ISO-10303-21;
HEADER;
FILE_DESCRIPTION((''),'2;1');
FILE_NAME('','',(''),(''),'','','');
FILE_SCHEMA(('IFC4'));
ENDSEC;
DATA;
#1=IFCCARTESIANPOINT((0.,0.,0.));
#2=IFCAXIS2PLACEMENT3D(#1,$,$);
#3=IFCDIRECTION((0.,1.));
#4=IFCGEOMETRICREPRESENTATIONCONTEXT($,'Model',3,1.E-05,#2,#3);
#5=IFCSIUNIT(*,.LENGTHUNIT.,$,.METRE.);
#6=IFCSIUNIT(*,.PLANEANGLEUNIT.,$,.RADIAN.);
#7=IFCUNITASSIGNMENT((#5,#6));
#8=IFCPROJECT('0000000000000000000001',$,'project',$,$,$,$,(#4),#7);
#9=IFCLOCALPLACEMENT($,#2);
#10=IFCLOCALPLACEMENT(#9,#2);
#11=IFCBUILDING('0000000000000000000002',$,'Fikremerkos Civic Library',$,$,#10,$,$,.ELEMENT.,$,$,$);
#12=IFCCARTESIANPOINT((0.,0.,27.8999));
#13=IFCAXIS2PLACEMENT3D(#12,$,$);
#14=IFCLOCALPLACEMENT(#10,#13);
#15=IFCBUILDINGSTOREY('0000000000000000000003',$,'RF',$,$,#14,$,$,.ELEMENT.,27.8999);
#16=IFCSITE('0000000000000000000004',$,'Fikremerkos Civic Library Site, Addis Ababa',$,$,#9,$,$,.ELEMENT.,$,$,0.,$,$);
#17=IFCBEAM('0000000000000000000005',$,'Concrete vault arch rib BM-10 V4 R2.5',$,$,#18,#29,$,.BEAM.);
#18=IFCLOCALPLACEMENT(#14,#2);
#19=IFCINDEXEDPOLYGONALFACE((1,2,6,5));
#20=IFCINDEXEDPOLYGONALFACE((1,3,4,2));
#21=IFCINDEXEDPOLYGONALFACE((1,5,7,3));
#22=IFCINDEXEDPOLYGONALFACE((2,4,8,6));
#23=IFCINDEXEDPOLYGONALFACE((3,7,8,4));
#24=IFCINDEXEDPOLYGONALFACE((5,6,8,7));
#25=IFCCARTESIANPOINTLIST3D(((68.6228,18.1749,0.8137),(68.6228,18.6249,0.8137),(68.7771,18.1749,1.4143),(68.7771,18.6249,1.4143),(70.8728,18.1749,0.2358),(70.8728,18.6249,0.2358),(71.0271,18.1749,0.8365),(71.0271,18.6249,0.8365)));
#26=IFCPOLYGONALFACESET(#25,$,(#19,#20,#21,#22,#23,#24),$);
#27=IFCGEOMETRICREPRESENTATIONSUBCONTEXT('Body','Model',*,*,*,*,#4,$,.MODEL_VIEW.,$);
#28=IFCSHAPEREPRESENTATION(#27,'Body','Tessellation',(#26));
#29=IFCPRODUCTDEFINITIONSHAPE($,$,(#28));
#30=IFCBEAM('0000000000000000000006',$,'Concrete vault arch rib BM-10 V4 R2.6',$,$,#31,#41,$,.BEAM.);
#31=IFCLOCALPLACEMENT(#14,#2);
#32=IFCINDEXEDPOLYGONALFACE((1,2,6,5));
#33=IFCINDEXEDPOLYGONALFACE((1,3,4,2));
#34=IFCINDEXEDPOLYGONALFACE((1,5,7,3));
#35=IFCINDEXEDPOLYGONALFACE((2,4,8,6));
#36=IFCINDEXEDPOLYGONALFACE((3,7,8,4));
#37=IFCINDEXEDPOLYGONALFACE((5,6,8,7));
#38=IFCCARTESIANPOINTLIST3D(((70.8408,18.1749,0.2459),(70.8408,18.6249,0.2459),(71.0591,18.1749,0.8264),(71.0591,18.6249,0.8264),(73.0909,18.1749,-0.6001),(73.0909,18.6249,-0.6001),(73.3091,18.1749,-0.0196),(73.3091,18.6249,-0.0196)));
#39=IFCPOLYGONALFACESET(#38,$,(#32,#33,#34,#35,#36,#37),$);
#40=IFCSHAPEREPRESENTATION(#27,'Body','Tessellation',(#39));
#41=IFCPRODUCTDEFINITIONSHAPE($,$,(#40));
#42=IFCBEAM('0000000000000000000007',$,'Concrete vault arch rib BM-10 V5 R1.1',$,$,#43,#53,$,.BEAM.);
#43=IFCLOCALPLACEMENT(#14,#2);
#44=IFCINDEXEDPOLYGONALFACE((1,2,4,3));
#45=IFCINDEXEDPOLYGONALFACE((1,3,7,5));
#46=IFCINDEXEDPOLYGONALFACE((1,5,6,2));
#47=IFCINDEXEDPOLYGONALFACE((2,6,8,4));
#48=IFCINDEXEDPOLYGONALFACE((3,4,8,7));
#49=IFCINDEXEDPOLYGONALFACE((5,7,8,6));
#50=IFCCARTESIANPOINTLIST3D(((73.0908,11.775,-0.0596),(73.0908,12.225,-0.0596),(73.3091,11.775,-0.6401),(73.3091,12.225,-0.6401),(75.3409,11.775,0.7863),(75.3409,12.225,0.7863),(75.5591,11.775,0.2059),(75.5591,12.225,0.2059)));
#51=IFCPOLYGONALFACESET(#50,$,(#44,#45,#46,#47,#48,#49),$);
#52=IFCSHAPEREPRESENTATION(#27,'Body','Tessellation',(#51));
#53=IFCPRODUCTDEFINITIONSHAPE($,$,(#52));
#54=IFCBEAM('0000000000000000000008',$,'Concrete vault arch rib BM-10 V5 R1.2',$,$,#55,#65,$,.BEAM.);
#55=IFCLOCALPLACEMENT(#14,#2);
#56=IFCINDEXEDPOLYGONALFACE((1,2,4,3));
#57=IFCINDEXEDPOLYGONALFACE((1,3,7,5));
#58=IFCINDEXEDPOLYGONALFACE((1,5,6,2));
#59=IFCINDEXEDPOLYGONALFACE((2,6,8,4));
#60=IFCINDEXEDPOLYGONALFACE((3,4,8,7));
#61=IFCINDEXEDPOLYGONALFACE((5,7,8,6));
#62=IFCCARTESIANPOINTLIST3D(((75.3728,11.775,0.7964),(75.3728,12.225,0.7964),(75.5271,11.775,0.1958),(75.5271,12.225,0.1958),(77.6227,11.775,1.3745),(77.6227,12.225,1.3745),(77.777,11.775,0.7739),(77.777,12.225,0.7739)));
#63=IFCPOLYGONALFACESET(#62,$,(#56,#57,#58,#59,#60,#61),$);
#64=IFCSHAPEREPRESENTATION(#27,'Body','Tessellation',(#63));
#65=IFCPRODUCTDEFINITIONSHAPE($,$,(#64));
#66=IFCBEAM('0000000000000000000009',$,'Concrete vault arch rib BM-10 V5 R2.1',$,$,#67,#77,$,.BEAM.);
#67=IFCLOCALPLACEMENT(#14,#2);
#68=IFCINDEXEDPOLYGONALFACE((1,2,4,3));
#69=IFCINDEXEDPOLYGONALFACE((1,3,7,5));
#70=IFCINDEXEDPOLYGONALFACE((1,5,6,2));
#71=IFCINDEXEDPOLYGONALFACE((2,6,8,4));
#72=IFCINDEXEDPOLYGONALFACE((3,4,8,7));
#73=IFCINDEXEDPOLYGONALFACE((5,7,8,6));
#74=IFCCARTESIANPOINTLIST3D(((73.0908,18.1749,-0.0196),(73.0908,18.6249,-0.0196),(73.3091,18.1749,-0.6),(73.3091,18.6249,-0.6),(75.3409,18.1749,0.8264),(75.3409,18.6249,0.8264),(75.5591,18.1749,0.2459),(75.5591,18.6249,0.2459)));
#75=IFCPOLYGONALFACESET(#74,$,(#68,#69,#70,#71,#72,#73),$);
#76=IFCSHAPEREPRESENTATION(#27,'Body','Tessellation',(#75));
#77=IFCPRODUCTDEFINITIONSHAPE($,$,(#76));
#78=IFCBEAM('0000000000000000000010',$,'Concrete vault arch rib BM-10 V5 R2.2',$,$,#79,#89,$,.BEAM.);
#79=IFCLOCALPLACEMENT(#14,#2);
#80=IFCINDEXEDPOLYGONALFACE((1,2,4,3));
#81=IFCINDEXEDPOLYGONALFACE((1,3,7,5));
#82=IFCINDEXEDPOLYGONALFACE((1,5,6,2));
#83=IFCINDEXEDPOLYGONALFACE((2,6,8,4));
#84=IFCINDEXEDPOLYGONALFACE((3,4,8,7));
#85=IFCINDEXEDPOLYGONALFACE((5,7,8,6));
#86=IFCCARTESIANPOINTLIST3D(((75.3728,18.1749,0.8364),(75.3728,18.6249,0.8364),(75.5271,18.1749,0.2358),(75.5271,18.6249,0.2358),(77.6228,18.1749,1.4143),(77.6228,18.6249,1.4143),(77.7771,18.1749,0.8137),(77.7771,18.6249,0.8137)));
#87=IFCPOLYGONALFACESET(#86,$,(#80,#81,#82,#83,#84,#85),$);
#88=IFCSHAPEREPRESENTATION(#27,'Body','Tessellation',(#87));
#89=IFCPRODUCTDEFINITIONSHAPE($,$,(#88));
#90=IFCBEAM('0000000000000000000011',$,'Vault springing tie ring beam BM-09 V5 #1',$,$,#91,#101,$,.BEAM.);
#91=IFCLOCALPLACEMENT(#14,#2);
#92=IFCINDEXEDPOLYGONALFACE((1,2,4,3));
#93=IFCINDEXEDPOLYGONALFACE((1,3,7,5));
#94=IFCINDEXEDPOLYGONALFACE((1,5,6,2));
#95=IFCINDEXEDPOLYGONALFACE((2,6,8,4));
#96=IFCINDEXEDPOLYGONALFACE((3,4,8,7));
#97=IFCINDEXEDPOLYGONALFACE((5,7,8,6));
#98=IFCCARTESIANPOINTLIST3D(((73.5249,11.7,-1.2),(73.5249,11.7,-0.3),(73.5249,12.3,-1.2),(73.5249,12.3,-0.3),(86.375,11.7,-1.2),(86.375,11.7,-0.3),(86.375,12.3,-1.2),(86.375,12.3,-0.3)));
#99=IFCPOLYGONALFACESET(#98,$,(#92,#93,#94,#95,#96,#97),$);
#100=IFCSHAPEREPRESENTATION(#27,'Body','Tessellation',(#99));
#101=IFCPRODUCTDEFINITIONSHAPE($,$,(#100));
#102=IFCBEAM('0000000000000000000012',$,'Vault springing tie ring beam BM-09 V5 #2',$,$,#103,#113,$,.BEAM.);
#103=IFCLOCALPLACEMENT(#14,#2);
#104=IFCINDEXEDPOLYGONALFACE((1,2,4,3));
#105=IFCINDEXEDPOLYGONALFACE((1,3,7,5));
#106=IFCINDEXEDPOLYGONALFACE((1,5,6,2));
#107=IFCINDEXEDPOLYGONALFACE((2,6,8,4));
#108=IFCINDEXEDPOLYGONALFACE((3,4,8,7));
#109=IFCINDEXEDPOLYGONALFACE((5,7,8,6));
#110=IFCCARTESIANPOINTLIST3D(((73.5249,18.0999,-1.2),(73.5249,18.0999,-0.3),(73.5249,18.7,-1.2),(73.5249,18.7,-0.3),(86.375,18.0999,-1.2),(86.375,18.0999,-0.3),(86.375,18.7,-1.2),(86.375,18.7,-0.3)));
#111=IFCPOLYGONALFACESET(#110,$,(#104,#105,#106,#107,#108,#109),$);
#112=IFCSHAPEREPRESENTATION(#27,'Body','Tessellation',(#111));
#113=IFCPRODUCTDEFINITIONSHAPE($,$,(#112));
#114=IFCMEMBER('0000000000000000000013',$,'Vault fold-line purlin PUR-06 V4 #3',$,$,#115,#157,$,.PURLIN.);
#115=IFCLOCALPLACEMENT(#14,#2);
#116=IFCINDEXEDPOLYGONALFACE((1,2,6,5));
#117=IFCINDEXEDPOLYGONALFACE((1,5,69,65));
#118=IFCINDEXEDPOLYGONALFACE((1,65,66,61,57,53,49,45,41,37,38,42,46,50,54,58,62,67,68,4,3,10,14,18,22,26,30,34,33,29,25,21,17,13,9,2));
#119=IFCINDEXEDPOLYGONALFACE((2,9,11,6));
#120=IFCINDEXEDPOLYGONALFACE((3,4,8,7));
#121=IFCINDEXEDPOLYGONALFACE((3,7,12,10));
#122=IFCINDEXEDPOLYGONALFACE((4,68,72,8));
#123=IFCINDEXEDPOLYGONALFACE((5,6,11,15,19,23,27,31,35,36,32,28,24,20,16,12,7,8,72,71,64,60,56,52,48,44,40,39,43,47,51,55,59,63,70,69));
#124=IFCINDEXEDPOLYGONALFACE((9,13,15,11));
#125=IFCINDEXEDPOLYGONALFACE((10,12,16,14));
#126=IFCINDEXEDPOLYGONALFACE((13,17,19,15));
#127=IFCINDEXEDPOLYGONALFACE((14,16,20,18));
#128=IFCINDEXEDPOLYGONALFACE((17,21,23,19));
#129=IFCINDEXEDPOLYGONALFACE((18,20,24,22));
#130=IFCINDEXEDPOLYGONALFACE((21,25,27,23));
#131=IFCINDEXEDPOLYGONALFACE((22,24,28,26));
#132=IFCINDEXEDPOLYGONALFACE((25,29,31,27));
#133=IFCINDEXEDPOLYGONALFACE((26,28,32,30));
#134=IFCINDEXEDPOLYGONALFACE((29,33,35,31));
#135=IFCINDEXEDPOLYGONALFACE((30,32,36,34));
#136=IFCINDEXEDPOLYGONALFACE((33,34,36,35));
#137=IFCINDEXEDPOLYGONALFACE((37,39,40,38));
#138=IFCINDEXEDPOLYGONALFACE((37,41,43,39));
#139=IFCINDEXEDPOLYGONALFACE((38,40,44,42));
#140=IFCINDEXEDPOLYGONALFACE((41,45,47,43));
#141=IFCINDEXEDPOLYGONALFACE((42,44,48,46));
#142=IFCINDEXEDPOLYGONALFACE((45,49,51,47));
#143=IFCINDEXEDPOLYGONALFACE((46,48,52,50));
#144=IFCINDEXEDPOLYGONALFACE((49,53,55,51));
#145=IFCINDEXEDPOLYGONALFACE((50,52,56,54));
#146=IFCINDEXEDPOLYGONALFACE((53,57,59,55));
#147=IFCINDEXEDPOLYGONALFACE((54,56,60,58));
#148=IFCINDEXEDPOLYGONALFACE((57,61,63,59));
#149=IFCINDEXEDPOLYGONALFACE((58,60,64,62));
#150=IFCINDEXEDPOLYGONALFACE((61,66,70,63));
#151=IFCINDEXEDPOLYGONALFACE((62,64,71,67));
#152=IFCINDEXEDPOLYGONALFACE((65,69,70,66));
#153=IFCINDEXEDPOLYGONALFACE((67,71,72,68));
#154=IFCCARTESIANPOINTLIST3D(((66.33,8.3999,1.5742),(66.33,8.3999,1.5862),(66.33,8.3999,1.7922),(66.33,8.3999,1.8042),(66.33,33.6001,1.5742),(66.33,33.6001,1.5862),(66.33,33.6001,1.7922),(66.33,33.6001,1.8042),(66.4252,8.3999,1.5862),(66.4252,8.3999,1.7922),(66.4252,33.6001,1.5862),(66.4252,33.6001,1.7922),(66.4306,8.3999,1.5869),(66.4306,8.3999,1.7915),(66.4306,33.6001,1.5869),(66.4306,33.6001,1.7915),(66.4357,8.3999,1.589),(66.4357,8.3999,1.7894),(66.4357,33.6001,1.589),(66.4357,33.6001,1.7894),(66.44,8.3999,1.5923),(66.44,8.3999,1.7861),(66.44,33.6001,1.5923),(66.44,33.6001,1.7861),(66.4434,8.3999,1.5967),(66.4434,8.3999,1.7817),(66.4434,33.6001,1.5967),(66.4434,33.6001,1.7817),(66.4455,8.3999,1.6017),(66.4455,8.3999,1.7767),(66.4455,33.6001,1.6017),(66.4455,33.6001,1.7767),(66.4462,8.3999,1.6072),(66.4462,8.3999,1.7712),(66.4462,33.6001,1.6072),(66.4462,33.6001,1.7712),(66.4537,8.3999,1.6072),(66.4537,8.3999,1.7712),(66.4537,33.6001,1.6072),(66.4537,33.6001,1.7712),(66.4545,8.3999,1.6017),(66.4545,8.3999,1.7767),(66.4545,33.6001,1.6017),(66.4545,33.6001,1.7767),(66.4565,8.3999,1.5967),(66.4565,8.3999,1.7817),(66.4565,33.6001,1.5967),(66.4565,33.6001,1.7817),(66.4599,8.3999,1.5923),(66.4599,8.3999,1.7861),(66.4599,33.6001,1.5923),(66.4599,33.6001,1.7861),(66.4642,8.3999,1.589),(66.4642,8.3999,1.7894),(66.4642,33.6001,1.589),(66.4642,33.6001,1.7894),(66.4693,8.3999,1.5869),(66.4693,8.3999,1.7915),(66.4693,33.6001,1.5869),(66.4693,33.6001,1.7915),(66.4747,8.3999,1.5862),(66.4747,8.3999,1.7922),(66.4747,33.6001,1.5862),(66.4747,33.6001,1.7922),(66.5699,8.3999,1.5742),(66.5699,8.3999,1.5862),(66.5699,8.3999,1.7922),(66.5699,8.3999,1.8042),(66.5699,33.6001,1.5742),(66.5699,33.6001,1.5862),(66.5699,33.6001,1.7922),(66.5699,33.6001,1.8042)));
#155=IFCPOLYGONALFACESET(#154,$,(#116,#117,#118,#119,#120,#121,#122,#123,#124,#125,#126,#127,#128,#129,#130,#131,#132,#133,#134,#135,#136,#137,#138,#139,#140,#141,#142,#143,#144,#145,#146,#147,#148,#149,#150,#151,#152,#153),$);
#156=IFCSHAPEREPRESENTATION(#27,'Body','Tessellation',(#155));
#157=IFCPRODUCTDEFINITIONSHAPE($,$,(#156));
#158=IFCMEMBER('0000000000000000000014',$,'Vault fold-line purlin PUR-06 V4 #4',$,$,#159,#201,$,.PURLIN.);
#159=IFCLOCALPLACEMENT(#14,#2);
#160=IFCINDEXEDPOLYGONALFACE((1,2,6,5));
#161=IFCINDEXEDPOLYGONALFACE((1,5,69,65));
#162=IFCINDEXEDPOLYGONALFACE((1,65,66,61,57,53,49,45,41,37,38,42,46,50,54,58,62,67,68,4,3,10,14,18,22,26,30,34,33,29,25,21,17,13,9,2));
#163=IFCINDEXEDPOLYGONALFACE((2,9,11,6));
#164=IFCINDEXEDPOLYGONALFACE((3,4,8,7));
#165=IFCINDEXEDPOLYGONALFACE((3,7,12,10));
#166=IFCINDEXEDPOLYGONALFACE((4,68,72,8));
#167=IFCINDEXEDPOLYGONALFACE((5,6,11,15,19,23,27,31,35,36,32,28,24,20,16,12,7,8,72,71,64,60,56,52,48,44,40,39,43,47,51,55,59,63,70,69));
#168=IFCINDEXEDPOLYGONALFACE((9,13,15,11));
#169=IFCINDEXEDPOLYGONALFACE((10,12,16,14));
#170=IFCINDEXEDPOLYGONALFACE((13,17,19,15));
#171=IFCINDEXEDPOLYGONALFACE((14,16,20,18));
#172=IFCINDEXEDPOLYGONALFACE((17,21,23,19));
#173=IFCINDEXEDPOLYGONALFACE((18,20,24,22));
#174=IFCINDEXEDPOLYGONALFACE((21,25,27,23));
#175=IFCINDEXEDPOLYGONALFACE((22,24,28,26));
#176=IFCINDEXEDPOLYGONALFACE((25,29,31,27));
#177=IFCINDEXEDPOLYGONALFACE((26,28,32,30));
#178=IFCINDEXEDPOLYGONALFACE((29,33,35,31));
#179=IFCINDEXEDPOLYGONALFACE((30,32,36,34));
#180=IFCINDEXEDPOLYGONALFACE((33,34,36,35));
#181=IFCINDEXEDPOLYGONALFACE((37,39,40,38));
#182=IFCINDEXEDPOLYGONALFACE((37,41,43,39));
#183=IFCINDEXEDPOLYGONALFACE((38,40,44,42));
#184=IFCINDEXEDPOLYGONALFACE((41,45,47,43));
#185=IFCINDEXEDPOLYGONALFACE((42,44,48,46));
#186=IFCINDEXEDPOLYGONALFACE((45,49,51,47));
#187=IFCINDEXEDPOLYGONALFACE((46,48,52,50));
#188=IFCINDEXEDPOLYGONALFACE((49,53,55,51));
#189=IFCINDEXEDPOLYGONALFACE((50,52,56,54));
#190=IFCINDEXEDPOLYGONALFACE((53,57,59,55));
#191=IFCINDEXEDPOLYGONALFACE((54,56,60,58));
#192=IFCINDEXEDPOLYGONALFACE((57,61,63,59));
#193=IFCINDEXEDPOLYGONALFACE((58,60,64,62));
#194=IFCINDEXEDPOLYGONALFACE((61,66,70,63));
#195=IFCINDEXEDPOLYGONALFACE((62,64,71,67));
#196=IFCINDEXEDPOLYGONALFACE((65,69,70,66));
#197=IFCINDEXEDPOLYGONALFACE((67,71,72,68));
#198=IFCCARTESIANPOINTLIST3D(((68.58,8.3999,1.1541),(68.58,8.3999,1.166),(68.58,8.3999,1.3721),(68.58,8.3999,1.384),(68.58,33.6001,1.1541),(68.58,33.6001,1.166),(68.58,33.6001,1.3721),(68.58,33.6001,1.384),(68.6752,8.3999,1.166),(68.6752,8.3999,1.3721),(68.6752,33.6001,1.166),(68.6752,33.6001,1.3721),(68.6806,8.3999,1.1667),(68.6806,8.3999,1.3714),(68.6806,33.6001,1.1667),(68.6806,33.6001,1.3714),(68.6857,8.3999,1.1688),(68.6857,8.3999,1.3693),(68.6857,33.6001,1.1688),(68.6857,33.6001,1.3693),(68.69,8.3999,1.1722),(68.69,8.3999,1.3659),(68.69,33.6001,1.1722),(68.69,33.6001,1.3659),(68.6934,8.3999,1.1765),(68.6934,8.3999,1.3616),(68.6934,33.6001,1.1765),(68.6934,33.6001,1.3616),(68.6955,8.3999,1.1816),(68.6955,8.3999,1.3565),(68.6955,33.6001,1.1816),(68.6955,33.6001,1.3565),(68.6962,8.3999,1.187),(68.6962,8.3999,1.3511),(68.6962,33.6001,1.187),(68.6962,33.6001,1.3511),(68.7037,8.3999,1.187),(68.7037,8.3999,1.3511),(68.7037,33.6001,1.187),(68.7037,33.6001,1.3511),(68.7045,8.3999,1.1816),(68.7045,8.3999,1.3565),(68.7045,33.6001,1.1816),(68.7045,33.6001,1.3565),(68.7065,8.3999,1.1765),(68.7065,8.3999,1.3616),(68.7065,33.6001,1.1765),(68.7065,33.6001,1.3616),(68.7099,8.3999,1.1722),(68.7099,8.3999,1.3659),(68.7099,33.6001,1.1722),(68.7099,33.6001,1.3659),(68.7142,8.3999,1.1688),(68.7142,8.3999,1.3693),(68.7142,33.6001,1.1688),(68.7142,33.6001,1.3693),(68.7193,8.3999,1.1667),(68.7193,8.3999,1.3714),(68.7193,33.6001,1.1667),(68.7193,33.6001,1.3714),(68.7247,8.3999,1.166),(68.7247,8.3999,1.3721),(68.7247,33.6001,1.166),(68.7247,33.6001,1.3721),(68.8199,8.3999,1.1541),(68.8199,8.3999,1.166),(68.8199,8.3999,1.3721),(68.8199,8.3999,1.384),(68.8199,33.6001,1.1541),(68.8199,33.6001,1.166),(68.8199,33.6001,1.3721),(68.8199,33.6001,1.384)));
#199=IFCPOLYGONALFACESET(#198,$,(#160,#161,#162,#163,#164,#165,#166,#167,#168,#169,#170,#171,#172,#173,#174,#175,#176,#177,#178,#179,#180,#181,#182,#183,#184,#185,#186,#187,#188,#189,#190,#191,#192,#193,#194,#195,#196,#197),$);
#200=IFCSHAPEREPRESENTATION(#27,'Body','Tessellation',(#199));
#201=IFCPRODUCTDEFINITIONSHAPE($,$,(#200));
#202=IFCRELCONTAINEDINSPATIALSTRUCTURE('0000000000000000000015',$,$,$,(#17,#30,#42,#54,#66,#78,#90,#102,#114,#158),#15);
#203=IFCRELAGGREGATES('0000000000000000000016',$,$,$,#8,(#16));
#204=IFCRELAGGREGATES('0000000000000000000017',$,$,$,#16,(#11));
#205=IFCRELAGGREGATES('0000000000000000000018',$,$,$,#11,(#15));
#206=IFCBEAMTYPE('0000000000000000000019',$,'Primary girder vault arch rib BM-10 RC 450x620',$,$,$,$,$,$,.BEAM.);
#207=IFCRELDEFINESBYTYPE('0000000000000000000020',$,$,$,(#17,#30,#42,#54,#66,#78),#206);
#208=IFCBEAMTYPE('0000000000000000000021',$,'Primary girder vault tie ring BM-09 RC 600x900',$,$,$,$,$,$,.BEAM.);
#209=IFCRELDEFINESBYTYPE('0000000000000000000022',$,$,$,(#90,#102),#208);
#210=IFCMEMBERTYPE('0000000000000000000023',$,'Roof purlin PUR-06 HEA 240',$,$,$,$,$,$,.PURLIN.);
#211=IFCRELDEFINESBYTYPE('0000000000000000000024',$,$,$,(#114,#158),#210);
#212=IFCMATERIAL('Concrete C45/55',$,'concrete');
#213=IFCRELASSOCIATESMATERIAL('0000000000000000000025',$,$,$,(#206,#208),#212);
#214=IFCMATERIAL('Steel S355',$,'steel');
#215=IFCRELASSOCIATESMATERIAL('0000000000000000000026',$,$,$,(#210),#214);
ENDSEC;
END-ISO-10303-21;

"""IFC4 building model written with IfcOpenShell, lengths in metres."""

from ifc_helpers import new_model, si_unit, direction, frame, origin, origin_2d, place, context, subcontext, project, spatial, rectangle, i_section, extrude, material, material_profile, profile_set, type_object, element, save


model = new_model("IFC4")

# Units and contexts
model_context = context("Model", 3, precision=1e-05, world=origin(), true_north=direction((0.0, 1.0)))
body_context = subcontext(model_context, "Body", "Model", "MODEL_VIEW")
ifc_project = project(units=[si_unit("LENGTHUNIT", "METRE"), si_unit("PLANEANGLEUNIT", "RADIAN")], contexts=[model_context])

# Site, building, storey
site_placement = place(None, origin())
site = spatial("IfcSite", under=ifc_project, at=site_placement, Name="Fikremerkos Civic Library Site, Addis Ababa", CompositionType="ELEMENT", RefElevation=0.0)
building_placement = place(site_placement, origin())
building = spatial("IfcBuilding", under=site, at=building_placement, Name="Fikremerkos Civic Library", CompositionType="ELEMENT")
storey_placement = place(building_placement, frame((0.0, 0.0, 27.8999)))
storey = spatial("IfcBuildingStorey", under=building, at=storey_placement, Name="RF", CompositionType="ELEMENT", Elevation=27.8999)

# Shared definitions
ifc_material_1 = material(Name="Steel S355", Category="steel")

# Beams
ifc_material_2 = material(Name="Concrete C45/55", Category="concrete")
ifc_material_profile_1 = material_profile(ifc_material_2, rectangle(XDim=0.45, YDim=0.6201, at=origin_2d()), Name="RC 450x620")
ifc_profile_set_1 = profile_set([ifc_material_profile_1], Name="Concrete C45/55")
beam_type_1 = type_object("IfcBeamType", Name="Primary girder vault arch rib BM-10 RC 450x620", PredefinedType="BEAM", material=ifc_profile_set_1)
beam_1_placement = place(storey_placement, frame((68.7, 18.3999, 1.114), z_axis=(0.968565, 0.0, -0.248762), x_axis=(0.0, 1.0, 0.0)))
element("IfcBeam", 1, at=beam_1_placement, inside=storey, type_object=beam_type_1, Name="Concrete vault arch rib BM-10 V4 R2.5", PredefinedType="BEAM", context=body_context, shape_type="SweptSolid", body=[
    extrude(rectangle(XDim=0.45, YDim=0.6201, at=origin_2d()), origin(), (0.0, 0.0, 1.0), 2.323),
])
for number, where, z_axis, x_axis, name in (
    (2, (70.95, 18.3999, 0.5361), (0.936028, 0.0, -0.351925), (0.0, 1.0, 0.0), "Concrete vault arch rib BM-10 V4 R2.6"),
    (3, (73.2, 12.0, -0.3499), (0.936028, 0.0, 0.351925), (0.0, 1.0, 0.0), "Concrete vault arch rib BM-10 V5 R1.1"),
):
    element("IfcBeam", number, at=place(storey_placement, frame(where, z_axis=z_axis, x_axis=x_axis)), inside=storey, type_object=beam_type_1, Name=name, PredefinedType="BEAM", context=body_context, shape_type="SweptSolid", body=[
        extrude(rectangle(XDim=0.45, YDim=0.6201, at=origin_2d()), origin(), (0.0, 0.0, 1.0), 2.4038),
    ])
beam_2_placement = place(storey_placement, frame((75.45, 12.0, 0.4961), z_axis=(0.968539, 0.0, 0.248861), x_axis=(0.0, 1.0, 0.0)))
element("IfcBeam", 4, at=beam_2_placement, inside=storey, type_object=beam_type_1, Name="Concrete vault arch rib BM-10 V5 R1.2", PredefinedType="BEAM", context=body_context, shape_type="SweptSolid", body=[
    extrude(rectangle(XDim=0.45, YDim=0.6201, at=origin_2d()), origin(), (0.0, 0.0, 1.0), 2.323),
])
beam_3_placement = place(storey_placement, frame((73.2, 18.3999, -0.3098), z_axis=(0.936028, 0.0, 0.351925), x_axis=(0.0, 1.0, 0.0)))
element("IfcBeam", 5, at=beam_3_placement, inside=storey, type_object=beam_type_1, Name="Concrete vault arch rib BM-10 V5 R2.1", PredefinedType="BEAM", context=body_context, shape_type="SweptSolid", body=[
    extrude(rectangle(XDim=0.45, YDim=0.6201, at=origin_2d()), origin(), (0.0, 0.0, 1.0), 2.4038),
])
beam_4_placement = place(storey_placement, frame((75.45, 18.3999, 0.5361), z_axis=(0.968565, 0.0, 0.248762), x_axis=(0.0, 1.0, 0.0)))
element("IfcBeam", 6, at=beam_4_placement, inside=storey, type_object=beam_type_1, Name="Concrete vault arch rib BM-10 V5 R2.2", PredefinedType="BEAM", context=body_context, shape_type="SweptSolid", body=[
    extrude(rectangle(XDim=0.45, YDim=0.6201, at=origin_2d()), origin(), (0.0, 0.0, 1.0), 2.323),
])
ifc_material_profile_2 = material_profile(ifc_material_2, rectangle(XDim=0.6001, YDim=0.8999, at=origin_2d()), Name="RC 600x900")
ifc_profile_set_2 = profile_set([ifc_material_profile_2], Name="Concrete C45/55")
beam_type_2 = type_object("IfcBeamType", Name="Primary girder vault tie ring BM-09 RC 600x900", PredefinedType="BEAM", material=ifc_profile_set_2)
for number, where, z_axis, x_axis, name in (
    (7, (73.5249, 12.0, -0.75), (1.0, 0.0, 0.0), (0.0, 1.0, 0.0), "Vault springing tie ring beam BM-09 V5 #1"),
    (8, (73.5249, 18.3999, -0.75), (1.0, 0.0, 0.0), (0.0, 1.0, 0.0), "Vault springing tie ring beam BM-09 V5 #2"),
):
    element("IfcBeam", number, at=place(storey_placement, frame(where, z_axis=z_axis, x_axis=x_axis)), inside=storey, type_object=beam_type_2, Name=name, PredefinedType="BEAM", context=body_context, shape_type="SweptSolid", body=[
        extrude(rectangle(XDim=0.6001, YDim=0.8999, at=origin_2d()), origin(), (0.0, 0.0, 1.0), 12.8501),
    ])

# Members
ifc_material_profile_3 = material_profile(ifc_material_1, i_section(OverallWidth=0.24, OverallDepth=0.23, WebThickness=0.0076, FlangeThickness=0.012, FilletRadius=0.021, at=origin_2d()), Name="HEA 240")
ifc_profile_set_3 = profile_set([ifc_material_profile_3], Name="Steel S355")
member_type_1 = type_object("IfcMemberType", Name="Roof purlin PUR-06 HEA 240", PredefinedType="PURLIN", material=ifc_profile_set_3)
for number, where, z_axis, x_axis, name in (
    (9, (66.45, 8.3999, 1.6892), (0.0, 1.0, 0.0), (-1.0, 0.0, 0.0), "Vault fold-line purlin PUR-06 V4 #3"),
    (10, (68.7, 8.3999, 1.269), (0.0, 1.0, 0.0), (-1.0, 0.0, 0.0), "Vault fold-line purlin PUR-06 V4 #4"),
):
    element("IfcMember", number, at=place(storey_placement, frame(where, z_axis=z_axis, x_axis=x_axis)), inside=storey, type_object=member_type_1, Name=name, PredefinedType="PURLIN", context=body_context, shape_type="SweptSolid", body=[
        extrude(i_section(OverallWidth=0.24, OverallDepth=0.23, WebThickness=0.0076, FlangeThickness=0.012, FilletRadius=0.021, at=origin_2d()), origin(), (0.0, 0.0, 1.0), 25.2002),
    ])

save(model, "model.ifc")
